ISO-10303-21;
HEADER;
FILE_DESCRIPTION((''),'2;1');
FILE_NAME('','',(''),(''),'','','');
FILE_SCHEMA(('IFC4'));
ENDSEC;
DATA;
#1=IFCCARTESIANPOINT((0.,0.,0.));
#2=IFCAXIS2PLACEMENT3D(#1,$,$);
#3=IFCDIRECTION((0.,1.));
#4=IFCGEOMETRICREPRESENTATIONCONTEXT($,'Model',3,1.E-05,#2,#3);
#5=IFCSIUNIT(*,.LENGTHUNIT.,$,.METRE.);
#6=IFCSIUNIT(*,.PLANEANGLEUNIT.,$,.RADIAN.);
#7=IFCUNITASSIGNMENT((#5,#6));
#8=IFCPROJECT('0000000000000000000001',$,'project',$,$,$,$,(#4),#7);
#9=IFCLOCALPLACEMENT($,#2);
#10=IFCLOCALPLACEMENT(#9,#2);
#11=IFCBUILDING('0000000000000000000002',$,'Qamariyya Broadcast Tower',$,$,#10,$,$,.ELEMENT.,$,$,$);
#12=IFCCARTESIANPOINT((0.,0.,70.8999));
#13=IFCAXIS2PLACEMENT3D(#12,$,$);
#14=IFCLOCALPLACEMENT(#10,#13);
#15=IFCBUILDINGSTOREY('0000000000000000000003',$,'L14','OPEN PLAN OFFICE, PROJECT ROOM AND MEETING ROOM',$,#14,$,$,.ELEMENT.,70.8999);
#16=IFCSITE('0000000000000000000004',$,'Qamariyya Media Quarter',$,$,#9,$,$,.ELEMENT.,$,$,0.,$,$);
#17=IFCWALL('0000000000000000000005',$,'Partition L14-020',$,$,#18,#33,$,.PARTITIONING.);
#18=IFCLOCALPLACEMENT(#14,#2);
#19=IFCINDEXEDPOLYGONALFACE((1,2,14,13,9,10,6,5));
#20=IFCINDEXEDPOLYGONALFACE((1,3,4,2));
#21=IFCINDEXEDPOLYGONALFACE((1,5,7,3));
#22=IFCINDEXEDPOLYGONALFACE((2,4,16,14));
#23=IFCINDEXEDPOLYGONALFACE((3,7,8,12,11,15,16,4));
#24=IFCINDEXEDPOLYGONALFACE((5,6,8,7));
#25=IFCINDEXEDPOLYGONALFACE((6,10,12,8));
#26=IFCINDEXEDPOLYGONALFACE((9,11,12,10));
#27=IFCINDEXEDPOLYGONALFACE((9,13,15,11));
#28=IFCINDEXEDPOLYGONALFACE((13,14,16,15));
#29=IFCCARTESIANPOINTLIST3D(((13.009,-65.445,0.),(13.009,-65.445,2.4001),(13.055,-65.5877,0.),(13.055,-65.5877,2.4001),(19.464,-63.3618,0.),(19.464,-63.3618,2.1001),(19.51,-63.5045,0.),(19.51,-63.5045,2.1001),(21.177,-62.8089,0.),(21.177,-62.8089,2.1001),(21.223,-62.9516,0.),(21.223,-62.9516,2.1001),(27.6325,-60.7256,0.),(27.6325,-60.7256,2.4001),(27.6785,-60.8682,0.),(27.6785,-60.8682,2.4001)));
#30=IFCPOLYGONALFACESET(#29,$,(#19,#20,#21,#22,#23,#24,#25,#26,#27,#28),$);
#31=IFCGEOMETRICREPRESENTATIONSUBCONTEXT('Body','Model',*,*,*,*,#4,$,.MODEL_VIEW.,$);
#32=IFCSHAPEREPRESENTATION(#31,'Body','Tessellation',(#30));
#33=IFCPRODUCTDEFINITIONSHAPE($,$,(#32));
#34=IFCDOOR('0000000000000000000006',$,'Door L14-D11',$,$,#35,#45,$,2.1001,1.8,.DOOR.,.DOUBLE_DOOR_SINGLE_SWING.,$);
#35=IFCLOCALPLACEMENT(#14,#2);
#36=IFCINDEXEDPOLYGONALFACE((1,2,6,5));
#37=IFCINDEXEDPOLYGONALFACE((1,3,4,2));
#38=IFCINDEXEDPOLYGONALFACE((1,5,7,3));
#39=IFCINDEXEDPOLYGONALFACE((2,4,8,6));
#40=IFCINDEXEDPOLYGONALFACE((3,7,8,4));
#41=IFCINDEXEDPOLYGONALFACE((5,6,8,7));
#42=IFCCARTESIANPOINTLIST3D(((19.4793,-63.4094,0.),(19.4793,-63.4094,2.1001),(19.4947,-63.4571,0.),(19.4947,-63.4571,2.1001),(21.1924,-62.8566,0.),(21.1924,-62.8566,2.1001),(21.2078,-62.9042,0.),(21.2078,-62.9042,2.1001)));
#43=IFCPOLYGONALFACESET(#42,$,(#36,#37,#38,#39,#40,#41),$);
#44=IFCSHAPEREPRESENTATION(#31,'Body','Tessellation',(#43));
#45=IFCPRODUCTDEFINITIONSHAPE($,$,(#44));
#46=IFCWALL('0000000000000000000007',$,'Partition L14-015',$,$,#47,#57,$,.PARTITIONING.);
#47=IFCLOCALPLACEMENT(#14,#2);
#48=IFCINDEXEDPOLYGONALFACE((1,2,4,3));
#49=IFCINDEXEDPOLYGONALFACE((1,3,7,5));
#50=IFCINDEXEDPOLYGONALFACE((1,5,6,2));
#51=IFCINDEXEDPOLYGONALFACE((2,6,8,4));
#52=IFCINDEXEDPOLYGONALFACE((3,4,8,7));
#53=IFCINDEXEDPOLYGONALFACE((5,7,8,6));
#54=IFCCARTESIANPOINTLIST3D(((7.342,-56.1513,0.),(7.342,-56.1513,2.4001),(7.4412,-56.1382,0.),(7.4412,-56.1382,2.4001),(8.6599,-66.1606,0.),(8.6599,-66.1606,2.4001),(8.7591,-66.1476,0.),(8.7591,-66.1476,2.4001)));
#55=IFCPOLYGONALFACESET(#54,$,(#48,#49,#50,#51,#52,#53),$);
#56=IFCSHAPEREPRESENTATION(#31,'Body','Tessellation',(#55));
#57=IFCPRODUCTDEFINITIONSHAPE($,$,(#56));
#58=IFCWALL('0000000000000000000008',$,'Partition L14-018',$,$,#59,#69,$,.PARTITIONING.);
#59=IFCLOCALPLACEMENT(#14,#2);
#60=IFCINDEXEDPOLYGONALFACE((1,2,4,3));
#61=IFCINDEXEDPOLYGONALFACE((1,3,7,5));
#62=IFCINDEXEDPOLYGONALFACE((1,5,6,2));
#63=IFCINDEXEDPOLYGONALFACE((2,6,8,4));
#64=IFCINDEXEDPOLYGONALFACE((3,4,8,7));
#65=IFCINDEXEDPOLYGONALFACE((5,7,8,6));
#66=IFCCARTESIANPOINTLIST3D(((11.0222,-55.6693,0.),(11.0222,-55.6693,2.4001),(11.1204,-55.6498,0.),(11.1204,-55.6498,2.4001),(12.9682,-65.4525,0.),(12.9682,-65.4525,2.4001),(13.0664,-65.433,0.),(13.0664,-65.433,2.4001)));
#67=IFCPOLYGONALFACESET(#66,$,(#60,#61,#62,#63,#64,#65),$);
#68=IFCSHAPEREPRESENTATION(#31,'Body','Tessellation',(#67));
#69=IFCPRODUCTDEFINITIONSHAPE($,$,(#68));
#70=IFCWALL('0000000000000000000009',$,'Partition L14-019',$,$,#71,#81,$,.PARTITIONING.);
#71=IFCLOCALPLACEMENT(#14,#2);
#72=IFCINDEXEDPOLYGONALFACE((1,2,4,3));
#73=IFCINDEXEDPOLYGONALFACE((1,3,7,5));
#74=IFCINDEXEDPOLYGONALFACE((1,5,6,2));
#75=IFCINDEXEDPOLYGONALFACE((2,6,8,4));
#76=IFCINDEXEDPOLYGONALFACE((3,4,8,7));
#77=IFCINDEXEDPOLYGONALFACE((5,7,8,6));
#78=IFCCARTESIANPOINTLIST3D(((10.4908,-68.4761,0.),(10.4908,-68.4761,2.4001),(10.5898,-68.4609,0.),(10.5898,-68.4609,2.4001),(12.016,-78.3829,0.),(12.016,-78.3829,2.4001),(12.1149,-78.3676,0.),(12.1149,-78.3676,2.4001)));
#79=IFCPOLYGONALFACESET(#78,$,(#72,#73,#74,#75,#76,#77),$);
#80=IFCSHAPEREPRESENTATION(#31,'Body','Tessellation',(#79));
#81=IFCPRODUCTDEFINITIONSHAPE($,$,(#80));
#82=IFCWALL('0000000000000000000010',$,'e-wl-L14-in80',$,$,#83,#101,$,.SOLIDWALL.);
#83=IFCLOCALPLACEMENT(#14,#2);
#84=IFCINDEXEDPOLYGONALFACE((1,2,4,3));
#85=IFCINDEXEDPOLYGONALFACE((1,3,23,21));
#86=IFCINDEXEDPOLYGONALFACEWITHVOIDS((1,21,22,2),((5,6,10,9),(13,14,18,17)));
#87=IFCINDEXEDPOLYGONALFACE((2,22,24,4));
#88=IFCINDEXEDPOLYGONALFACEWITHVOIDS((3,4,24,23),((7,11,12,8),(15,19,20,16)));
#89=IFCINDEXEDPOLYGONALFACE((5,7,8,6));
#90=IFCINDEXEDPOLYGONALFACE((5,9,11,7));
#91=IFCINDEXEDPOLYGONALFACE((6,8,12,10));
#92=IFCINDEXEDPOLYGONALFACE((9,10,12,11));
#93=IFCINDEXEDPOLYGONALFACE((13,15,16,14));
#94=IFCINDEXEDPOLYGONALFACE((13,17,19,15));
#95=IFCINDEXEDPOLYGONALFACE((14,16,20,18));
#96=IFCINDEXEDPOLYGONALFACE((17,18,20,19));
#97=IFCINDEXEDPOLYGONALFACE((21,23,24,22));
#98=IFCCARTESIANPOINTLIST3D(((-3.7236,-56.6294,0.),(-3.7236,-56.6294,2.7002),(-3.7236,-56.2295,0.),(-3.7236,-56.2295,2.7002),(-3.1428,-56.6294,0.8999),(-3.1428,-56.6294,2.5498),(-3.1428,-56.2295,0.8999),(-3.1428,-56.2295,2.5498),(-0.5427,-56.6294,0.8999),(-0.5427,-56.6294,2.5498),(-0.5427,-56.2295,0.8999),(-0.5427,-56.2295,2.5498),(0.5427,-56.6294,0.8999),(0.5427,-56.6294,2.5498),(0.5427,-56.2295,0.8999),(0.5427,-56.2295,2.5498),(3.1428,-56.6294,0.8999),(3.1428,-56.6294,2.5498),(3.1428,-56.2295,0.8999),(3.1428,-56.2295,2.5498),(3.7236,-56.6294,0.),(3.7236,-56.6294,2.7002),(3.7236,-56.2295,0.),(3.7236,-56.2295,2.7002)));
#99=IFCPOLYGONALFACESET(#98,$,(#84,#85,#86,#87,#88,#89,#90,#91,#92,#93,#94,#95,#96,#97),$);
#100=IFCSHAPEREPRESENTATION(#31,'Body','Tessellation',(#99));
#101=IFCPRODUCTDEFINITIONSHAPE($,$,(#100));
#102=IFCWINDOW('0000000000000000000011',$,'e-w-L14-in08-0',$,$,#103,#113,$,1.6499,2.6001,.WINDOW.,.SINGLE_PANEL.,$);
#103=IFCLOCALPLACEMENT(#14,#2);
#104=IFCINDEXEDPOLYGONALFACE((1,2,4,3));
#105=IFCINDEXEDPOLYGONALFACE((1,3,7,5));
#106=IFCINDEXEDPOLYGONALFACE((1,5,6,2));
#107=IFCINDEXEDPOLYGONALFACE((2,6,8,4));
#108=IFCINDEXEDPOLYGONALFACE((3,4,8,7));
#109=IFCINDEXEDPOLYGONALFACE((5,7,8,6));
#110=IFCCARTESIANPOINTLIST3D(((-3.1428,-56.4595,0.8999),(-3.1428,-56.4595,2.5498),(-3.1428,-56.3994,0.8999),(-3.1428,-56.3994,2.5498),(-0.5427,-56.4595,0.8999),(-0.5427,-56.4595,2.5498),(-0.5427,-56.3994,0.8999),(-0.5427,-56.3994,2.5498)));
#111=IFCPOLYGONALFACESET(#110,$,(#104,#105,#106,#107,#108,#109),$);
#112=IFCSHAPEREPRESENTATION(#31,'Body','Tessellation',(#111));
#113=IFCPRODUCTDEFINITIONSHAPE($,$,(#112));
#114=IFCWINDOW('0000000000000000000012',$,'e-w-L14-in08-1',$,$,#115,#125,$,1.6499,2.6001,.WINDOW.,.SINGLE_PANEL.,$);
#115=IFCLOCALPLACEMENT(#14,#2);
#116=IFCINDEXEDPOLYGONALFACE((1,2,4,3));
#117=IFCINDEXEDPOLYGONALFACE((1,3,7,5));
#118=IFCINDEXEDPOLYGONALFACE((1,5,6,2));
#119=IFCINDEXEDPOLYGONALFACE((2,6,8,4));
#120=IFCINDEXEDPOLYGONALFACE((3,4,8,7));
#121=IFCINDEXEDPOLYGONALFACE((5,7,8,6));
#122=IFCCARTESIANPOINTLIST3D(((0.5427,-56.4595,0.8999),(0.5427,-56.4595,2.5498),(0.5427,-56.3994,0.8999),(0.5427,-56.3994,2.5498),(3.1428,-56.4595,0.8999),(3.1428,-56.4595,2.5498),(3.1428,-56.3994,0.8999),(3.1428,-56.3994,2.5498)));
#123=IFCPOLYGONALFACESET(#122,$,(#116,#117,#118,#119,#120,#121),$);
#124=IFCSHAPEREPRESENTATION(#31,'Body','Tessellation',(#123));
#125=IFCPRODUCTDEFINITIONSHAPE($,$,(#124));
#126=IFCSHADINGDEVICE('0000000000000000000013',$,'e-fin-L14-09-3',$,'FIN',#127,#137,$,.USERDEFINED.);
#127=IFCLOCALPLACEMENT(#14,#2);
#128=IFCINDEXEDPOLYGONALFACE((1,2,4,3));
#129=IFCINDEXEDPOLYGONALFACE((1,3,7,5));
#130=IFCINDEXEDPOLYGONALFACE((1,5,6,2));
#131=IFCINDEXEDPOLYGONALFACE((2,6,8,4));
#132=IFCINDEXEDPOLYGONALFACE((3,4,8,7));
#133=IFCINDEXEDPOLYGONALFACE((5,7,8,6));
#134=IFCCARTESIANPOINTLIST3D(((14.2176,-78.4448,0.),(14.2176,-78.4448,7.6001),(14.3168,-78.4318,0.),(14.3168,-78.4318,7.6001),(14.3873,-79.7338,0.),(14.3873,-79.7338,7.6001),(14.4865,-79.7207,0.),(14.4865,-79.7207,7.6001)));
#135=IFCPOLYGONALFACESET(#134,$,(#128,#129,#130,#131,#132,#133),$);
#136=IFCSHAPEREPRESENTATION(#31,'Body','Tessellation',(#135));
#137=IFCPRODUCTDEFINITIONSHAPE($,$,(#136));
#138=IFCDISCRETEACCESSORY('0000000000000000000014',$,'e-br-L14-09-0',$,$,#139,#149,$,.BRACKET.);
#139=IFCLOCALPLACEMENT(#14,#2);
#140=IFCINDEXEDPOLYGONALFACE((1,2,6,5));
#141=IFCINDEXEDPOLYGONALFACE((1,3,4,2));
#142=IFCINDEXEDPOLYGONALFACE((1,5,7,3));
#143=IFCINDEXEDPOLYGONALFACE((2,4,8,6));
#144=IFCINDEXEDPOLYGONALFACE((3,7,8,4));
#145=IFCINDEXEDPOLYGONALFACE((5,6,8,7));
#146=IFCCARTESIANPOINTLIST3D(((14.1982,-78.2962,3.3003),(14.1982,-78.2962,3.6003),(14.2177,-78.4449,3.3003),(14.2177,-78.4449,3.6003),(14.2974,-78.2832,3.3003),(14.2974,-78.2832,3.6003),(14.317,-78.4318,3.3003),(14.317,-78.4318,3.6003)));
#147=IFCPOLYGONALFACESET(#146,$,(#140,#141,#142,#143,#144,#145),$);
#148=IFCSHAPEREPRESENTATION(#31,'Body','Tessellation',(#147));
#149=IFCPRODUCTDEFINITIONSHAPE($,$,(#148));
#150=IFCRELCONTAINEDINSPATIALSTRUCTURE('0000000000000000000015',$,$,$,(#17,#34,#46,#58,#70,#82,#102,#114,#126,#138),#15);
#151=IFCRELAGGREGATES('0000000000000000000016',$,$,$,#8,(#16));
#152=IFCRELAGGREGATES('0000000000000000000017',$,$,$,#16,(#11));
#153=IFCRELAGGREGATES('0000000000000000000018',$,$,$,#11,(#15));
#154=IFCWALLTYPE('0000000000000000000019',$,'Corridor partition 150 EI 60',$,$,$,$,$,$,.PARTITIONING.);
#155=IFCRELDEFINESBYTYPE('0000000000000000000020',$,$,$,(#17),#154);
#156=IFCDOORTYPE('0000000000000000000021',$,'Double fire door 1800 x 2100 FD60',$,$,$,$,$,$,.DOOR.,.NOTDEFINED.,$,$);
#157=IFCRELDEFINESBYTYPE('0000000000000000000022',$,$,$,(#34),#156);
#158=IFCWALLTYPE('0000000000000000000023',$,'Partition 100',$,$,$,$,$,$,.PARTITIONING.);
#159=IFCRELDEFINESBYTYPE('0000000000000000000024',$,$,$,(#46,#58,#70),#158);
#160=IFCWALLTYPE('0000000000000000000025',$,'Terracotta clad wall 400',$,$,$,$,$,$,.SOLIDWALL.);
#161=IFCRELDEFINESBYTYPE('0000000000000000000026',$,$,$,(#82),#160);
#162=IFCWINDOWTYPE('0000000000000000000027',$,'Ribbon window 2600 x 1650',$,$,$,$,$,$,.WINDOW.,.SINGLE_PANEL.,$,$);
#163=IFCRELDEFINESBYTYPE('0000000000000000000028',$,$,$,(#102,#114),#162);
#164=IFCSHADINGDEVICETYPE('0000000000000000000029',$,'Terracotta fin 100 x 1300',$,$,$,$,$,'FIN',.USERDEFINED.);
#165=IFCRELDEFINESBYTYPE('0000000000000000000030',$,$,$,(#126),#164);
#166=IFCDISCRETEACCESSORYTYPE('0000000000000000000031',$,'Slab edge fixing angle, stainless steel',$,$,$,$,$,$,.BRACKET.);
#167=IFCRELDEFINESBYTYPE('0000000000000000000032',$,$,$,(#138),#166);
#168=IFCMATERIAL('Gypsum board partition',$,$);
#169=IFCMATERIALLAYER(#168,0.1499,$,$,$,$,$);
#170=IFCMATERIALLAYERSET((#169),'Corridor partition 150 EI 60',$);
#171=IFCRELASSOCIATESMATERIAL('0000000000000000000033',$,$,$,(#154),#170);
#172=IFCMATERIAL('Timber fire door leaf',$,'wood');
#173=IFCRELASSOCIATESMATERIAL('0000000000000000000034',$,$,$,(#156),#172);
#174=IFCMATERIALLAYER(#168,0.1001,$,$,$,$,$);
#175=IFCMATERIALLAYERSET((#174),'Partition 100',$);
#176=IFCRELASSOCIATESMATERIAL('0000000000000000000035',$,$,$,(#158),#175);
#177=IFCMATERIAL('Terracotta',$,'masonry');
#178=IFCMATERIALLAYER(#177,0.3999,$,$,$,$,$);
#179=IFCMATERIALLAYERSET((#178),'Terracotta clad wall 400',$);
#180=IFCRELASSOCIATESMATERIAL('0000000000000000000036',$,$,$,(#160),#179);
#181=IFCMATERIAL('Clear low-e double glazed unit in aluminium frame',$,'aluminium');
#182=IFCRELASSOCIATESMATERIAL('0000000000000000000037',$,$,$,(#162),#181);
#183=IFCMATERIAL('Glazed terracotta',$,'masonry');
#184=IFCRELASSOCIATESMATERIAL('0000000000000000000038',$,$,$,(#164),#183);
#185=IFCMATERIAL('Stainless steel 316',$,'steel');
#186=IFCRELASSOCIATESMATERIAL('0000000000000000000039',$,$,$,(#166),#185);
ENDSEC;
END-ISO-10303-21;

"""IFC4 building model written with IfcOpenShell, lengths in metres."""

from ifc_helpers import new_model, si_unit, direction, frame, frame_2d, origin, origin_2d, place, context, subcontext, project, spatial, rectangle, extrude, material, layer, layer_set, material_profile, profile_set, type_object, element, fill, save


model = new_model("IFC4")

# Units and contexts
model_context = context("Model", 3, precision=1e-05, world=origin(), true_north=direction((0.0, 1.0)))
body_context = subcontext(model_context, "Body", "Model", "MODEL_VIEW")
ifc_project = project(units=[si_unit("LENGTHUNIT", "METRE"), si_unit("PLANEANGLEUNIT", "RADIAN")], contexts=[model_context])

# Site, building, storey
site_placement = place(None, origin())
site = spatial("IfcSite", under=ifc_project, at=site_placement, Name="Qamariyya Media Quarter", CompositionType="ELEMENT", RefElevation=0.0)
building_placement = place(site_placement, origin())
building = spatial("IfcBuilding", under=site, at=building_placement, Name="Qamariyya Broadcast Tower", CompositionType="ELEMENT")
storey_placement = place(building_placement, frame((0.0, 0.0, 70.8999)))
storey = spatial("IfcBuildingStorey", under=building, at=storey_placement, Name="L14", Description="OPEN PLAN OFFICE, PROJECT ROOM AND MEETING ROOM", CompositionType="ELEMENT", Elevation=70.8999)

# Shared definitions
ifc_material_1 = material(Name="Gypsum board partition")
ifc_layer_1 = layer(ifc_material_1, 0.1499)
ifc_layer_set_1 = layer_set([ifc_layer_1], Name="Corridor partition 150 EI 60")
wall_type_1 = type_object("IfcWallType", Name="Corridor partition 150 EI 60", PredefinedType="PARTITIONING", material=ifc_layer_set_1)
ifc_material_2 = material(Name="Timber fire door leaf", Category="wood")
door_type_1 = type_object("IfcDoorType", Name="Double fire door 1800 x 2100 FD60", OperationType="NOTDEFINED", PredefinedType="DOOR", material=ifc_material_2)

# Wall, opening, door
wall_1_placement = place(storey_placement, frame((13.032, -65.5164, 0.0), z_axis=(0.0, 0.0, 1.0), x_axis=(0.951667, 0.307133, 0.0)))
wall_1 = element("IfcWall", 1, at=wall_1_placement, inside=storey, type_object=wall_type_1, Name="Partition L14-020", PredefinedType="PARTITIONING", context=body_context, shape_type="SweptSolid", body=[
    extrude(rectangle(XDim=15.3662, YDim=0.1499, at=frame_2d((7.6831, 0.0))), origin(), (0.0, 0.0, 1.0), 2.4001),
])
opening_1_placement = place(wall_1_placement, frame((6.783, 0.0, 0.0)))
opening_1 = element("IfcOpeningElement", 2, at=opening_1_placement, cuts=wall_1, PredefinedType="OPENING", context=body_context, shape_type="SweptSolid", body=[
    extrude(rectangle(XDim=1.8, YDim=2.1001, at=frame_2d((0.8999, 1.05))), frame((0.0, 0.085, 0.0), z_axis=(0.0, -1.0, 0.0), x_axis=(1.0, 0.0, 0.0)), (0.0, 0.0, 1.0), 0.1699),
])
door_1_placement = place(opening_1_placement, origin())
door_1 = element("IfcDoor", 3, at=door_1_placement, inside=storey, type_object=door_type_1, Name="Door L14-D11", OperationType="DOUBLE_DOOR_SINGLE_SWING", OverallHeight=2.1001, OverallWidth=1.8, PredefinedType="DOOR", context=body_context, shape_type="SweptSolid", body=[
    extrude(rectangle(XDim=1.8, YDim=2.1001, at=frame_2d((0.8999, 1.05))), frame((0.0, 0.0249, 0.0), z_axis=(0.0, -1.0, 0.0), x_axis=(1.0, 0.0, 0.0)), (0.0, 0.0, 1.0), 0.05),
])
fill(opening_1, door_1)

# Walls
ifc_layer_2 = layer(ifc_material_1, 0.1001)
ifc_layer_set_2 = layer_set([ifc_layer_2], Name="Partition 100")
wall_type_2 = type_object("IfcWallType", Name="Partition 100", PredefinedType="PARTITIONING", material=ifc_layer_set_2)
wall_2_placement = place(storey_placement, frame((7.3916, -56.1448, 0.0), z_axis=(0.0, 0.0, 1.0), x_axis=(0.130538, -0.991443, 0.0)))
element("IfcWall", 4, at=wall_2_placement, inside=storey, type_object=wall_type_2, Name="Partition L14-015", PredefinedType="PARTITIONING", context=body_context, shape_type="SweptSolid", body=[
    extrude(rectangle(XDim=10.0957, YDim=0.1001, at=frame_2d((5.0479, 0.0))), origin(), (0.0, 0.0, 1.0), 2.4001),
])
wall_3_placement = place(storey_placement, frame((11.0713, -55.6597, 0.0), z_axis=(0.0, 0.0, 1.0), x_axis=(0.195095, -0.980784, 0.0)))
element("IfcWall", 5, at=wall_3_placement, inside=storey, type_object=wall_type_2, Name="Partition L14-018", PredefinedType="PARTITIONING", context=body_context, shape_type="SweptSolid", body=[
    extrude(rectangle(XDim=9.9749, YDim=0.1001, at=frame_2d((4.9873, 0.0))), origin(), (0.0, 0.0, 1.0), 2.4001),
])
wall_4_placement = place(storey_placement, frame((12.0654, -78.3752, 0.0), z_axis=(0.0, 0.0, 1.0), x_axis=(-0.152158, 0.988356, 0.0)))
element("IfcWall", 6, at=wall_4_placement, inside=storey, type_object=wall_type_2, Name="Partition L14-019", PredefinedType="PARTITIONING", context=body_context, shape_type="SweptSolid", body=[
    extrude(rectangle(XDim=10.0234, YDim=0.1001, at=frame_2d((5.0117, 0.0))), origin(), (0.0, 0.0, 1.0), 2.4001),
])

# Wall, openings, windows
ifc_material_3 = material(Name="Terracotta", Category="masonry")
ifc_layer_3 = layer(ifc_material_3, 0.3999)
ifc_layer_set_3 = layer_set([ifc_layer_3], Name="Terracotta clad wall 400")
wall_type_3 = type_object("IfcWallType", Name="Terracotta clad wall 400", PredefinedType="SOLIDWALL", material=ifc_layer_set_3)
wall_5_placement = place(storey_placement, frame((3.7236, -56.4294, 0.0), z_axis=(0.0, 0.0, 1.0), x_axis=(-1.0, 0.0, 0.0)))
wall_5 = element("IfcWall", 7, at=wall_5_placement, inside=storey, type_object=wall_type_3, Name="e-wl-L14-in80", PredefinedType="SOLIDWALL", context=body_context, shape_type="SweptSolid", body=[
    extrude(rectangle(XDim=7.4473, YDim=0.3999, at=frame_2d((3.7236, 0.0))), origin(), (0.0, 0.0, 1.0), 2.7002),
])
opening_2_placement = place(wall_5_placement, frame((4.2664, 0.0, 0.8999)))
opening_2 = element("IfcOpeningElement", 8, at=opening_2_placement, cuts=wall_5, PredefinedType="OPENING", context=body_context, shape_type="SweptSolid", body=[
    extrude(rectangle(XDim=2.6001, YDim=1.6499, at=frame_2d((1.3, 0.825))), frame((0.0, 0.21, 0.0), z_axis=(0.0, -1.0, 0.0), x_axis=(1.0, 0.0, 0.0)), (0.0, 0.0, 1.0), 0.4199),
])
opening_3_placement = place(wall_5_placement, frame((0.5808, 0.0, 0.8999)))
opening_3 = element("IfcOpeningElement", 9, at=opening_3_placement, cuts=wall_5, PredefinedType="OPENING", context=body_context, shape_type="SweptSolid", body=[
    extrude(rectangle(XDim=2.6001, YDim=1.6499, at=frame_2d((1.3, 0.825))), frame((0.0, 0.21, 0.0), z_axis=(0.0, -1.0, 0.0), x_axis=(1.0, 0.0, 0.0)), (0.0, 0.0, 1.0), 0.4199),
])
ifc_material_4 = material(Name="Clear low-e double glazed unit in aluminium frame", Category="aluminium")
window_type = type_object("IfcWindowType", Name="Ribbon window 2600 x 1650", PartitioningType="SINGLE_PANEL", PredefinedType="WINDOW", material=ifc_material_4)
window_1_placement = place(opening_2_placement, origin())
window_1 = element("IfcWindow", 10, at=window_1_placement, inside=storey, type_object=window_type, Name="e-w-L14-in08-0", OverallHeight=1.6499, OverallWidth=2.6001, PartitioningType="SINGLE_PANEL", PredefinedType="WINDOW", context=body_context, shape_type="SweptSolid", body=[
    extrude(rectangle(XDim=2.6001, YDim=1.6499, at=frame_2d((1.3, 0.825))), frame((0.0, 0.03, 0.0), z_axis=(0.0, -1.0, 0.0), x_axis=(1.0, 0.0, 0.0)), (0.0, 0.0, 1.0), 0.0601),
])
fill(opening_2, window_1)
window_2_placement = place(opening_3_placement, origin())
window_2 = element("IfcWindow", 11, at=window_2_placement, inside=storey, type_object=window_type, Name="e-w-L14-in08-1", OverallHeight=1.6499, OverallWidth=2.6001, PartitioningType="SINGLE_PANEL", PredefinedType="WINDOW", context=body_context, shape_type="SweptSolid", body=[
    extrude(rectangle(XDim=2.6001, YDim=1.6499, at=frame_2d((1.3, 0.825))), frame((0.0, 0.03, 0.0), z_axis=(0.0, -1.0, 0.0), x_axis=(1.0, 0.0, 0.0)), (0.0, 0.0, 1.0), 0.0601),
])
fill(opening_3, window_2)

# Shading device
ifc_material_5 = material(Name="Glazed terracotta", Category="masonry")
ifc_material_profile_1 = material_profile(ifc_material_5, rectangle(XDim=1.3, YDim=0.1001, at=origin_2d()))
ifc_profile_set_1 = profile_set([ifc_material_profile_1], Name="Glazed terracotta")
shading_device_type = type_object("IfcShadingDeviceType", Name="Terracotta fin 100 x 1300", ElementType="FIN", PredefinedType="USERDEFINED", material=ifc_profile_set_1)
shading_device_placement = place(storey_placement, frame((14.3521, -79.0828, 0.0), z_axis=(0.0, 0.0, 1.0), x_axis=(0.130526, -0.991445, 0.0)))
element("IfcShadingDevice", 12, at=shading_device_placement, inside=storey, type_object=shading_device_type, Name="e-fin-L14-09-3", ObjectType="FIN", PredefinedType="USERDEFINED", context=body_context, shape_type="SweptSolid", body=[
    extrude(rectangle(XDim=1.3, YDim=0.1001, at=origin_2d()), origin(), (0.0, 0.0, 1.0), 7.6001),
])

# Discrete accessory
ifc_material_6 = material(Name="Stainless steel 316", Category="steel")
discrete_accessory_type = type_object("IfcDiscreteAccessoryType", Name="Slab edge fixing angle, stainless steel", PredefinedType="BRACKET", material=ifc_material_6)
discrete_accessory_placement = place(storey_placement, frame((14.2576, -78.364, 3.3003), z_axis=(0.0, 0.0, 1.0), x_axis=(0.991445, 0.130526, 0.0)))
element("IfcDiscreteAccessory", 13, at=discrete_accessory_placement, inside=storey, type_object=discrete_accessory_type, Name="e-br-L14-09-0", PredefinedType="BRACKET", context=body_context, shape_type="SweptSolid", body=[
    extrude(rectangle(XDim=0.1001, YDim=0.1499, at=origin_2d()), origin(), (0.0, 0.0, 1.0), 0.3),
])

save(model, "model.ifc")
